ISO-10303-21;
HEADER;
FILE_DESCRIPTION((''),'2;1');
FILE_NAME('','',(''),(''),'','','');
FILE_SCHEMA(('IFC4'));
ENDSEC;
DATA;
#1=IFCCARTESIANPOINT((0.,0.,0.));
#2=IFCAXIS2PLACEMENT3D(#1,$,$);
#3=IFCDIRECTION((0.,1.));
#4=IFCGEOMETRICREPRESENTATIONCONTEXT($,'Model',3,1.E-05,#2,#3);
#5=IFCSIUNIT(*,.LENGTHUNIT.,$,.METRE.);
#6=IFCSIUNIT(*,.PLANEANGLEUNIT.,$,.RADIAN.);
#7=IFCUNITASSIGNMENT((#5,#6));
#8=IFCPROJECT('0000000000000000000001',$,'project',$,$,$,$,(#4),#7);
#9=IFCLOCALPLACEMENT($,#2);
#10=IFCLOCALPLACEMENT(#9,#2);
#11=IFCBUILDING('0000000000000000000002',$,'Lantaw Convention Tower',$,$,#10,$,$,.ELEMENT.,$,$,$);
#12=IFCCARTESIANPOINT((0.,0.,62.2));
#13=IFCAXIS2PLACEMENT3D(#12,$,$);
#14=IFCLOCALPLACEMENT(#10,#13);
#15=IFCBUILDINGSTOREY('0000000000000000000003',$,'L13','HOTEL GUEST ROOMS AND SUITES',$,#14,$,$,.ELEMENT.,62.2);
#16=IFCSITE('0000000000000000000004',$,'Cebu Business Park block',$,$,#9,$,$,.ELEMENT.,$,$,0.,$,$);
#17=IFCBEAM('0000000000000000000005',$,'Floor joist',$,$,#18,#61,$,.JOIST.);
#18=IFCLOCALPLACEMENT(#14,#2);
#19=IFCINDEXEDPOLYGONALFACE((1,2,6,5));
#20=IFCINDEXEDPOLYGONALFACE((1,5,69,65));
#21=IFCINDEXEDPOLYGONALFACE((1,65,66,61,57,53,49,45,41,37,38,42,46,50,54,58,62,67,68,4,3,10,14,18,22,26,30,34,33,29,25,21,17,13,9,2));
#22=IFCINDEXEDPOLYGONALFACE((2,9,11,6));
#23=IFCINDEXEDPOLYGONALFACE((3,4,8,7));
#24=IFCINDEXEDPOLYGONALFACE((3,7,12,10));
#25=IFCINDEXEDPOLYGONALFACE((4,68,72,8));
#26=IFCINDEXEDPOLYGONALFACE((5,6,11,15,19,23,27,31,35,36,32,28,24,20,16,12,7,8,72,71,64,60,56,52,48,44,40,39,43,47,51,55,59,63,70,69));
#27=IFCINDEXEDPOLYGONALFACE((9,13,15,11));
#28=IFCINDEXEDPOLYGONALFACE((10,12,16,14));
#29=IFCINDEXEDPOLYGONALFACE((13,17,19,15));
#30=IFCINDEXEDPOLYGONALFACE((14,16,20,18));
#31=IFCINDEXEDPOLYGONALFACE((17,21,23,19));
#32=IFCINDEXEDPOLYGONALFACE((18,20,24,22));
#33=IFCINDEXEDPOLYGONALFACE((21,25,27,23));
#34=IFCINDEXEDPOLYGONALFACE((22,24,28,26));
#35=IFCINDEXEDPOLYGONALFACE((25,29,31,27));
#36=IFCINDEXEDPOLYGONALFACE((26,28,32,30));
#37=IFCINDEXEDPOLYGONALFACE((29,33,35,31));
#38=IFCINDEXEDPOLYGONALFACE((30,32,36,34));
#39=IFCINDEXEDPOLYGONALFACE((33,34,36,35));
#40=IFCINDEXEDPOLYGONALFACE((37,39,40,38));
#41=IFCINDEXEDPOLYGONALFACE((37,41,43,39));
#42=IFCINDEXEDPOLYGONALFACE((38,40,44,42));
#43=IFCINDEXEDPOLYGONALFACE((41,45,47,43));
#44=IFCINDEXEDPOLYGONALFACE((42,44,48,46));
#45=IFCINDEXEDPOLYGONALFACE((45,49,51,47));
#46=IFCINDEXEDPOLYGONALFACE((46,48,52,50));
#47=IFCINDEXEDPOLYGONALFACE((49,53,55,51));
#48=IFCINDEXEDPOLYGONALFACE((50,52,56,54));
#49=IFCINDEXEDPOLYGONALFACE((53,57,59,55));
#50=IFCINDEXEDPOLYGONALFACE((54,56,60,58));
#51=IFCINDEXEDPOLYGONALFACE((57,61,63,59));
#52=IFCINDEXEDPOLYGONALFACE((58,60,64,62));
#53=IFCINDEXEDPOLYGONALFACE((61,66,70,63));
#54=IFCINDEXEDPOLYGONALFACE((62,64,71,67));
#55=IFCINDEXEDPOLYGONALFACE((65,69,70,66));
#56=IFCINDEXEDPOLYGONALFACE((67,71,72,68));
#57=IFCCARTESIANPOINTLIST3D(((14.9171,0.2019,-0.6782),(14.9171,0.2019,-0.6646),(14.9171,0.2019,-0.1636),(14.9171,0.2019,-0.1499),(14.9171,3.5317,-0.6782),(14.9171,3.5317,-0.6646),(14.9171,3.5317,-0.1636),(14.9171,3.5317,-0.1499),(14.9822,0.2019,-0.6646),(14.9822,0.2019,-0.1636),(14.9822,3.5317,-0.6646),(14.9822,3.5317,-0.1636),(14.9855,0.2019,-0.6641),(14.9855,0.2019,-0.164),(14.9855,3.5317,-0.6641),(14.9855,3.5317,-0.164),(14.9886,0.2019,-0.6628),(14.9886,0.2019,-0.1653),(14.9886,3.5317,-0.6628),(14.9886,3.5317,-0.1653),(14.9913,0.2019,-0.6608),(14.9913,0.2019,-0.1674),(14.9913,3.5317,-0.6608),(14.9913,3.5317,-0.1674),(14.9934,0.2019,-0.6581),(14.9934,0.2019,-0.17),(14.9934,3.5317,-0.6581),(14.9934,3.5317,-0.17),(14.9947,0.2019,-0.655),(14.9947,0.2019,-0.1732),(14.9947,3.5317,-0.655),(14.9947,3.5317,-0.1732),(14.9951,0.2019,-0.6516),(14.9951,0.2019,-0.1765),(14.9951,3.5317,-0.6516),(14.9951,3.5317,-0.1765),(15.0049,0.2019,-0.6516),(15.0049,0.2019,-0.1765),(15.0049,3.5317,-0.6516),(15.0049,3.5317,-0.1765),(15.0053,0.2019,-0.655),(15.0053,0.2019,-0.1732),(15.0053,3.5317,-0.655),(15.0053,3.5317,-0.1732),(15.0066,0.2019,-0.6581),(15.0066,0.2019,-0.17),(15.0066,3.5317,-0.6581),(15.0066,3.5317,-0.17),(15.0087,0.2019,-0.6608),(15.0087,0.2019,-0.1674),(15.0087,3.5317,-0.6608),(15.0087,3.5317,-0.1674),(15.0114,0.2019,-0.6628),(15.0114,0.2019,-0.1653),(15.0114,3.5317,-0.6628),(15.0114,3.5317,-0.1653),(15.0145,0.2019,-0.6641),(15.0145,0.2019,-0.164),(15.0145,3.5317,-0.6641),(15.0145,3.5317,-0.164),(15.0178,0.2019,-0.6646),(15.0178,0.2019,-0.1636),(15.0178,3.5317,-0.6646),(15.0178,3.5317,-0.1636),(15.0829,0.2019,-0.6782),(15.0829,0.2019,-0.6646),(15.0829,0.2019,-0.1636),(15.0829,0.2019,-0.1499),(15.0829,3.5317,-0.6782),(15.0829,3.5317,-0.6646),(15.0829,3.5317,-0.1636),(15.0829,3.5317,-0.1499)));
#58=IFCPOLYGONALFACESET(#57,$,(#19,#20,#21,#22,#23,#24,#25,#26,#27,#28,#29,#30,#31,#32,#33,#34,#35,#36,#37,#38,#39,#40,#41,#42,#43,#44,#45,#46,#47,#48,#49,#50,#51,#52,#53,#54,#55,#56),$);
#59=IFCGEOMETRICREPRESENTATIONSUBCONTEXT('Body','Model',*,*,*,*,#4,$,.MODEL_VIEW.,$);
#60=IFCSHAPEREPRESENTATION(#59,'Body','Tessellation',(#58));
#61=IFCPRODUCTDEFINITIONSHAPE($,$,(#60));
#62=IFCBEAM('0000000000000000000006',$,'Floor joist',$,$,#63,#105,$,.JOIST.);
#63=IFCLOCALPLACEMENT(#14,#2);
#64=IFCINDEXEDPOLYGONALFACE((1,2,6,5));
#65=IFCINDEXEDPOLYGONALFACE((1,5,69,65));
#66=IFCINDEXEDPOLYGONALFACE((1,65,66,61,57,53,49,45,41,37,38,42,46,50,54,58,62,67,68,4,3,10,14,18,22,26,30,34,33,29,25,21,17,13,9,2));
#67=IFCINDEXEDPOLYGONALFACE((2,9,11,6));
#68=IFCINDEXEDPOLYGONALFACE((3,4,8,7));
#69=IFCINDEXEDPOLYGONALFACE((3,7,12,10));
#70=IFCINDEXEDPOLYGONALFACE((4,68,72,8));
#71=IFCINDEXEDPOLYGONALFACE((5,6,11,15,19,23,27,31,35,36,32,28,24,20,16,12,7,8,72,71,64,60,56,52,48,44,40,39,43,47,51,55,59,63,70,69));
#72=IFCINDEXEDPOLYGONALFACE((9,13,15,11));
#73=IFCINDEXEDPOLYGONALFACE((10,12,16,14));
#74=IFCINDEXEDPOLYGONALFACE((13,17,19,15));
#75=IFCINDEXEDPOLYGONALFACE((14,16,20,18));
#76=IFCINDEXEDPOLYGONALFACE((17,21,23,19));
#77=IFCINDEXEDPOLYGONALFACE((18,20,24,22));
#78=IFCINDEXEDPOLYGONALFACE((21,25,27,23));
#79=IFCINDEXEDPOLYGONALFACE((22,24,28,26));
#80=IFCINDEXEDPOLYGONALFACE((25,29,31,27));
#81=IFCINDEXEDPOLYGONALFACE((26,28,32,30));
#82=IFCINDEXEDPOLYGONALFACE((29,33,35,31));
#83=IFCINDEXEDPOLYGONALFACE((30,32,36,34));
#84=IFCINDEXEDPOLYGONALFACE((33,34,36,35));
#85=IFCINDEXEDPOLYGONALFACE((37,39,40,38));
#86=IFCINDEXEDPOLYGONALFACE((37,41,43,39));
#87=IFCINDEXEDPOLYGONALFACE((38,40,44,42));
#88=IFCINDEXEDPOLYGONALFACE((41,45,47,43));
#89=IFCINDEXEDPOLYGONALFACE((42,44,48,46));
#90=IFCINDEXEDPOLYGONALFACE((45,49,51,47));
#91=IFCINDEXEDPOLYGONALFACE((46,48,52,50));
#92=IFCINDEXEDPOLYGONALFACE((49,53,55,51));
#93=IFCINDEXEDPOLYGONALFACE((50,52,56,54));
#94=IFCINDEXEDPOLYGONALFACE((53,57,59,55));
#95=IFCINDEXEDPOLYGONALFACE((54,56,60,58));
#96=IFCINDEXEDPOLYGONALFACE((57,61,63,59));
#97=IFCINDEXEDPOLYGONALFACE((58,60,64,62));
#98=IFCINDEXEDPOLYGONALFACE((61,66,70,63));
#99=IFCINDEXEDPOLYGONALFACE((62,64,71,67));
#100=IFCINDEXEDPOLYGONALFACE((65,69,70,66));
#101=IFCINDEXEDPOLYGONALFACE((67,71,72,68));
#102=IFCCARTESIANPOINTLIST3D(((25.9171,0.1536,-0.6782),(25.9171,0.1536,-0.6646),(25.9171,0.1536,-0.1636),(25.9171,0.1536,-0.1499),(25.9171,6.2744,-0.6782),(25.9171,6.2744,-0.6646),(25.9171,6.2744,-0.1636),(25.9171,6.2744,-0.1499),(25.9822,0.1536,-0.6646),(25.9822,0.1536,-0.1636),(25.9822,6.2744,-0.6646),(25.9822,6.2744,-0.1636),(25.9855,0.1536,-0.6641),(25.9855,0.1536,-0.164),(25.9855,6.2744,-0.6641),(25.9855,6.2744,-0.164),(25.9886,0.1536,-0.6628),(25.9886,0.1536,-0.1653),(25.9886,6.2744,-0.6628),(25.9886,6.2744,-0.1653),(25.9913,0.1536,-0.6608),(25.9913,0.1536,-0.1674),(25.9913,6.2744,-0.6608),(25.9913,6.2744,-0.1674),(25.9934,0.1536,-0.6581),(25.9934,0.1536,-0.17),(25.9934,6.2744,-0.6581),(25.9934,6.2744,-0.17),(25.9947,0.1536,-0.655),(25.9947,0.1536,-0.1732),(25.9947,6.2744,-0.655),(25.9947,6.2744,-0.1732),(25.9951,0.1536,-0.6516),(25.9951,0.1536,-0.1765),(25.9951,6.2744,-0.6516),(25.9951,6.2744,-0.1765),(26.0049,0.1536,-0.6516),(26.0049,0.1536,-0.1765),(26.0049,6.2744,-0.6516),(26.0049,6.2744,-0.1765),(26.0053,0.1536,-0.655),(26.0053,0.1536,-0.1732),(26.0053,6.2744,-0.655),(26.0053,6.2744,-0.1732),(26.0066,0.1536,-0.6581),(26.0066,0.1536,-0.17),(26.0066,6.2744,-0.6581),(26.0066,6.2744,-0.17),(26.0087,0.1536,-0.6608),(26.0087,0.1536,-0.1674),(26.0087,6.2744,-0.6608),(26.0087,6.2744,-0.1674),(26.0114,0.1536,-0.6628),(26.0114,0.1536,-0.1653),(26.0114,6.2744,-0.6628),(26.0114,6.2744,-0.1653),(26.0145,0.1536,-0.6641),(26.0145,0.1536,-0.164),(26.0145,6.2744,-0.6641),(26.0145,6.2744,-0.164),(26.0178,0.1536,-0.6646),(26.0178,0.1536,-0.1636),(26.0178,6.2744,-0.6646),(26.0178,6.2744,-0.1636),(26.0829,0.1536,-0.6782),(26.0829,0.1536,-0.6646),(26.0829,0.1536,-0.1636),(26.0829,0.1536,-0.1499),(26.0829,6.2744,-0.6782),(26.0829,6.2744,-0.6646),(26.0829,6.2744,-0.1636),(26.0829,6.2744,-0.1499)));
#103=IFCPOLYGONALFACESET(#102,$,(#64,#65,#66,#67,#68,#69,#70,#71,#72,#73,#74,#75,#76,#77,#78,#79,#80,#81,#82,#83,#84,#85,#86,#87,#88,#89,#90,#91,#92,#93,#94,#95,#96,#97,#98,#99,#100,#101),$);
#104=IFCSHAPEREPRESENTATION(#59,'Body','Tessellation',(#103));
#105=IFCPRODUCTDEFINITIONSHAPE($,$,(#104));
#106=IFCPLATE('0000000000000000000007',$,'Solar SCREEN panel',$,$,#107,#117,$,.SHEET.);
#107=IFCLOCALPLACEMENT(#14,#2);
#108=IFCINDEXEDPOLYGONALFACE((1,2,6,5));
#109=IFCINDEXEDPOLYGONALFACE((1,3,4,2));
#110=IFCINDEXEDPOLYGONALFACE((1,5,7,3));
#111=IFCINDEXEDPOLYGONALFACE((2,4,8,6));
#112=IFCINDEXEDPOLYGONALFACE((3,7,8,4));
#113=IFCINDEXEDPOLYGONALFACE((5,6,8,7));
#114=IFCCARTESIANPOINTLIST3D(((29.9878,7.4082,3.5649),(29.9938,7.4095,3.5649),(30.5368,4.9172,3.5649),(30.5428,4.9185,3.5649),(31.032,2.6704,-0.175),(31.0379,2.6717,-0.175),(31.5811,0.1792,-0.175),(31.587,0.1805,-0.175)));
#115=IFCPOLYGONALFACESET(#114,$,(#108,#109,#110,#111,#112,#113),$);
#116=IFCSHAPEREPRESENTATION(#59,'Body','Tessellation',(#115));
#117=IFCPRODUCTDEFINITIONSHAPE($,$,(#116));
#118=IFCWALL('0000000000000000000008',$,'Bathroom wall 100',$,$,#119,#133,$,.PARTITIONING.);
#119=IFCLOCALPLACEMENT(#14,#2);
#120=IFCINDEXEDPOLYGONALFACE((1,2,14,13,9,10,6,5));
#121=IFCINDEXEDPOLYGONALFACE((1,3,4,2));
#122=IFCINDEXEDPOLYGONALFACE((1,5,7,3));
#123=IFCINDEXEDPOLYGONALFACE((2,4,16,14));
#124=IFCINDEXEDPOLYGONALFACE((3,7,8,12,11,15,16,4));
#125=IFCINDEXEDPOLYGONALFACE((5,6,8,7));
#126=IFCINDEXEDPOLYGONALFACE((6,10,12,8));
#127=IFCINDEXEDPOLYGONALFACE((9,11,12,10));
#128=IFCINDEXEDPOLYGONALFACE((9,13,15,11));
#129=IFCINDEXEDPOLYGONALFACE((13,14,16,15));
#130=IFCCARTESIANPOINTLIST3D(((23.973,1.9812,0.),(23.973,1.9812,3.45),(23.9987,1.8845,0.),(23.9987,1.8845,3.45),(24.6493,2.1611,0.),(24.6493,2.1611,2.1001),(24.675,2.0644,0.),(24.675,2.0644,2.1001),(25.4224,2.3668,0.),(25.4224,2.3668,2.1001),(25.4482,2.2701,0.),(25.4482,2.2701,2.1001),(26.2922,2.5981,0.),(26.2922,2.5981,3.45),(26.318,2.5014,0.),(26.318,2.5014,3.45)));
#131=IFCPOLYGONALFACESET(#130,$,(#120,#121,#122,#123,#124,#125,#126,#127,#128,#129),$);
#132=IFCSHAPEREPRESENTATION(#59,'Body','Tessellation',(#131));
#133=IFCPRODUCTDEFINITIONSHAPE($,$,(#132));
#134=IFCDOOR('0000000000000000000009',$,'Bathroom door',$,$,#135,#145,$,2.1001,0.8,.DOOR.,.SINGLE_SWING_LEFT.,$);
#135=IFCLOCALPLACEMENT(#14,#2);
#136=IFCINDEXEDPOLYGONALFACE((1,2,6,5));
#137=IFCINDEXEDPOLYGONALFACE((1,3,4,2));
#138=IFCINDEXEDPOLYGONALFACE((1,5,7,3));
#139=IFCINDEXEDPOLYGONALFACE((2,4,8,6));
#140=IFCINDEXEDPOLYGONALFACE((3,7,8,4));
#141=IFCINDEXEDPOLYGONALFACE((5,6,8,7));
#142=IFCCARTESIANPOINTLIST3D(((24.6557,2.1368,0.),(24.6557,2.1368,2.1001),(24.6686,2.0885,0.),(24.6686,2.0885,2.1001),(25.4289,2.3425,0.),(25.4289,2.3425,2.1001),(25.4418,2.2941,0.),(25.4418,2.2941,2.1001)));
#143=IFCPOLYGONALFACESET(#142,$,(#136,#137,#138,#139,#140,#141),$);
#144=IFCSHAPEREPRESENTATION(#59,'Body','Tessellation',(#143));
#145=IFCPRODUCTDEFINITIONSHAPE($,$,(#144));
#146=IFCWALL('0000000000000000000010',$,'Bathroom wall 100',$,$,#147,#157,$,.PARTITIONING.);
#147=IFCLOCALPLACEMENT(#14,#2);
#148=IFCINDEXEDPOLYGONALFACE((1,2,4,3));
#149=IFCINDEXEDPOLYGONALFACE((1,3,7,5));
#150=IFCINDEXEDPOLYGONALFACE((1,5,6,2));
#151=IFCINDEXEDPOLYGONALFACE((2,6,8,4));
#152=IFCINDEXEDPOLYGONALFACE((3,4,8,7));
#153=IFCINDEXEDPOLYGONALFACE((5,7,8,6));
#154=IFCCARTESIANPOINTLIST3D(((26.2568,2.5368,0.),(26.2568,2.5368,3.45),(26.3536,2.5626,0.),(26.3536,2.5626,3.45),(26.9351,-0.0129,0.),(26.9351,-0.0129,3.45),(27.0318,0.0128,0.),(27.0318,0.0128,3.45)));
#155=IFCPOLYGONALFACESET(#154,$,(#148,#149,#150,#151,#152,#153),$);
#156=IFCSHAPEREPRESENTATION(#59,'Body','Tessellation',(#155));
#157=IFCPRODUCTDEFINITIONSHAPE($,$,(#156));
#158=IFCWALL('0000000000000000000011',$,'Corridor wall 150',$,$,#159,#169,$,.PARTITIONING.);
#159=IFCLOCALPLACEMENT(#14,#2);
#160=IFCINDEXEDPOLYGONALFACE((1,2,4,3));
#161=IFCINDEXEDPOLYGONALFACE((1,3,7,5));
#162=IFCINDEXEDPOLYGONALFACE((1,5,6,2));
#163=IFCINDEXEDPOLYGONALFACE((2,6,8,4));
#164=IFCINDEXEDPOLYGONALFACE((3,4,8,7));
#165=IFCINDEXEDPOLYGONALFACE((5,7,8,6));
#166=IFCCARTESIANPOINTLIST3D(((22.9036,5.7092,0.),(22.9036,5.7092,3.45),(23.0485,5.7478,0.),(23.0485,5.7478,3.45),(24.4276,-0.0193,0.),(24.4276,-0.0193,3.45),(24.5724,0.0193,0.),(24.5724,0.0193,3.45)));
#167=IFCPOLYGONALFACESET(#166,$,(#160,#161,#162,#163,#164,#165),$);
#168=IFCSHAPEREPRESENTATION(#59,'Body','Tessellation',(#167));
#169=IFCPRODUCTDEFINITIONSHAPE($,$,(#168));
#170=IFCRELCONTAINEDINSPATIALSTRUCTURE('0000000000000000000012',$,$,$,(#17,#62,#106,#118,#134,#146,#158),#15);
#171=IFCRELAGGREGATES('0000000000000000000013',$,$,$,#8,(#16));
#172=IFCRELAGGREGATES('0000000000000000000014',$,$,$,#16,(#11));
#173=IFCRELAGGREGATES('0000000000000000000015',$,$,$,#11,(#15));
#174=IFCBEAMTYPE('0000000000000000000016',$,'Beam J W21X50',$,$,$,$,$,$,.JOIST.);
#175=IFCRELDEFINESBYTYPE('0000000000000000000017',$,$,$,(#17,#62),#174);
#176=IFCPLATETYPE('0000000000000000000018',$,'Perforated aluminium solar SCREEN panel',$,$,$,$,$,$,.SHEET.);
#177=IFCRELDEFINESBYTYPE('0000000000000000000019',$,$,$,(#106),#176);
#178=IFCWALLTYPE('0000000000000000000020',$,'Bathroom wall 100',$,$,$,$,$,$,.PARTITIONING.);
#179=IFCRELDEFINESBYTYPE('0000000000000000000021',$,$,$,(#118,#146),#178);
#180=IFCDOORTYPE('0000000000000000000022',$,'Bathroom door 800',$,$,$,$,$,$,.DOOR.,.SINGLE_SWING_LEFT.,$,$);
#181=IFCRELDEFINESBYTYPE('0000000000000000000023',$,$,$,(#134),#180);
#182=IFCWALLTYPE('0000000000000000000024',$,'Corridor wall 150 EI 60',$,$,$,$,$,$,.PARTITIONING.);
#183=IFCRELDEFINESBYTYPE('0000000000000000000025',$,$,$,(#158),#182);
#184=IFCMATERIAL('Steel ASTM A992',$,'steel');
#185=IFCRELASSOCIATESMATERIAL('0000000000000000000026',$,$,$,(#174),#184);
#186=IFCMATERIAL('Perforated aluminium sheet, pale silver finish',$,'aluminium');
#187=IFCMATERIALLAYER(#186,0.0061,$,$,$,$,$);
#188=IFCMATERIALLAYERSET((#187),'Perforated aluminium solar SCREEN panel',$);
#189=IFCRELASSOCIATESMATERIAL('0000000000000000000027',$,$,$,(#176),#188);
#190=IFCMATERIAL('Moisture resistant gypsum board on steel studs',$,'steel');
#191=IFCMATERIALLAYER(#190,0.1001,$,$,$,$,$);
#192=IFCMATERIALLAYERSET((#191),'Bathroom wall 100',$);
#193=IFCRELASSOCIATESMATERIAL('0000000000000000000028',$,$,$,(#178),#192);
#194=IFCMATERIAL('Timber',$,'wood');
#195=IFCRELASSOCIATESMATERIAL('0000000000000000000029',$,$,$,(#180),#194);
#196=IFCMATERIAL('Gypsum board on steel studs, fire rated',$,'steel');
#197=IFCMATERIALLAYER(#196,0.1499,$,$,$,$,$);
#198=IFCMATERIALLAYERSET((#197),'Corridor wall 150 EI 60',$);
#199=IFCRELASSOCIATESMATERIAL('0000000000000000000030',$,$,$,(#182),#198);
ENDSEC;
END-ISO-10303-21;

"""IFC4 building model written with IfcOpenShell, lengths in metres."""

from ifc_helpers import new_model, si_unit, direction, frame, frame_2d, origin, origin_2d, place, context, subcontext, project, spatial, polyline, rectangle, i_section, outline, extrude, material, layer, layer_set, material_profile, profile_set, type_object, element, fill, save


model = new_model("IFC4")

# Units and contexts
model_context = context("Model", 3, precision=1e-05, world=origin(), true_north=direction((0.0, 1.0)))
body_context = subcontext(model_context, "Body", "Model", "MODEL_VIEW")
ifc_project = project(units=[si_unit("LENGTHUNIT", "METRE"), si_unit("PLANEANGLEUNIT", "RADIAN")], contexts=[model_context])

# Site, building, storey
site_placement = place(None, origin())
site = spatial("IfcSite", under=ifc_project, at=site_placement, Name="Cebu Business Park block", CompositionType="ELEMENT", RefElevation=0.0)
building_placement = place(site_placement, origin())
building = spatial("IfcBuilding", under=site, at=building_placement, Name="Lantaw Convention Tower", CompositionType="ELEMENT")
storey_placement = place(building_placement, frame((0.0, 0.0, 62.2)))
storey = spatial("IfcBuildingStorey", under=building, at=storey_placement, Name="L13", Description="HOTEL GUEST ROOMS AND SUITES", CompositionType="ELEMENT", Elevation=62.2)

# Beams
ifc_material_1 = material(Name="Steel ASTM A992", Category="steel")
ifc_material_profile_1 = material_profile(ifc_material_1, i_section(OverallWidth=0.1658, OverallDepth=0.5283, WebThickness=0.0098, FlangeThickness=0.0137, FilletRadius=0.0129, at=origin_2d()), Name="W21X50")
ifc_profile_set_1 = profile_set([ifc_material_profile_1], Name="Steel ASTM A992")
beam_type_1 = type_object("IfcBeamType", Name="Beam J W21X50", PredefinedType="JOIST", material=ifc_profile_set_1)
beam_1_placement = place(storey_placement, frame((15.0, 0.2019, -0.4141), z_axis=(0.0, 1.0, 0.0), x_axis=(-1.0, 0.0, 0.0)))
element("IfcBeam", 1, at=beam_1_placement, inside=storey, type_object=beam_type_1, Name="Floor joist", PredefinedType="JOIST", context=body_context, shape_type="SweptSolid", body=[
    extrude(i_section(OverallWidth=0.1658, OverallDepth=0.5283, WebThickness=0.0098, FlangeThickness=0.0137, FilletRadius=0.0129, at=origin_2d()), origin(), (0.0, 0.0, 1.0), 3.3298),
])
beam_2_placement = place(storey_placement, frame((26.0, 0.1536, -0.4141), z_axis=(0.0, 1.0, 0.0), x_axis=(-1.0, 0.0, 0.0)))
element("IfcBeam", 2, at=beam_2_placement, inside=storey, type_object=beam_type_1, Name="Floor joist", PredefinedType="JOIST", context=body_context, shape_type="SweptSolid", body=[
    extrude(i_section(OverallWidth=0.1658, OverallDepth=0.5283, WebThickness=0.0098, FlangeThickness=0.0137, FilletRadius=0.0129, at=origin_2d()), origin(), (0.0, 0.0, 1.0), 6.1208),
])

# Plate
ifc_material_2 = material(Name="Perforated aluminium sheet, pale silver finish", Category="aluminium")
ifc_layer_1 = layer(ifc_material_2, 0.0061)
ifc_layer_set_1 = layer_set([ifc_layer_1], Name="Perforated aluminium solar SCREEN panel")
plate_type = type_object("IfcPlateType", Name="Perforated aluminium solar SCREEN panel", PredefinedType="SHEET", material=ifc_layer_set_1)
plate_placement = place(storey_placement, frame((31.5811, 0.1792, -0.175), z_axis=(-0.976559, -0.215248, 0.00003), x_axis=(-0.215248, 0.976559, 0.0)))
element("IfcPlate", 3, at=plate_placement, inside=storey, type_object=plate_type, Name="Solar SCREEN panel", PredefinedType="SHEET", context=body_context, shape_type="SweptSolid", body=[
    extrude(outline(polyline([(0.0, 0.0), (2.551, 0.0), (7.4025, -3.74), (4.8517, -3.74), (0.0, 0.0)])), origin(), (0.0, 0.0, -1.0), 0.0061),
])

# Wall, opening, door
ifc_material_3 = material(Name="Moisture resistant gypsum board on steel studs", Category="steel")
ifc_layer_2 = layer(ifc_material_3, 0.1001)
ifc_layer_set_2 = layer_set([ifc_layer_2], Name="Bathroom wall 100")
wall_type_1 = type_object("IfcWallType", Name="Bathroom wall 100", PredefinedType="PARTITIONING", material=ifc_layer_set_2)
wall_1_placement = place(storey_placement, frame((23.9858, 1.9329, 0.0), z_axis=(0.0, 0.0, 1.0), x_axis=(0.966395, 0.257061, 0.0)))
wall_1 = element("IfcWall", 4, at=wall_1_placement, inside=storey, type_object=wall_type_1, Name="Bathroom wall 100", PredefinedType="PARTITIONING", context=body_context, shape_type="SweptSolid", body=[
    extrude(rectangle(XDim=2.3999, YDim=0.1001, at=frame_2d((1.2, 0.0))), origin(), (0.0, 0.0, 1.0), 3.45),
])
opening_1_placement = place(wall_1_placement, frame((0.7, 0.0, 0.0)))
opening_1 = element("IfcOpeningElement", 5, at=opening_1_placement, cuts=wall_1, PredefinedType="OPENING", context=body_context, shape_type="SweptSolid", body=[
    extrude(rectangle(XDim=0.8, YDim=2.1001, at=frame_2d((0.3999, 1.05))), frame((0.0, 0.0601, 0.0), z_axis=(0.0, -1.0, 0.0), x_axis=(1.0, 0.0, 0.0)), (0.0, 0.0, 1.0), 0.1201),
])
ifc_material_4 = material(Name="Timber", Category="wood")
door_type_1 = type_object("IfcDoorType", Name="Bathroom door 800", OperationType="SINGLE_SWING_LEFT", PredefinedType="DOOR", material=ifc_material_4)
door_1_placement = place(opening_1_placement, origin())
door_1 = element("IfcDoor", 6, at=door_1_placement, inside=storey, type_object=door_type_1, Name="Bathroom door", OperationType="SINGLE_SWING_LEFT", OverallHeight=2.1001, OverallWidth=0.8, PredefinedType="DOOR", context=body_context, shape_type="SweptSolid", body=[
    extrude(rectangle(XDim=0.8, YDim=2.1001, at=frame_2d((0.3999, 1.05))), frame((0.0, 0.0249, 0.0), z_axis=(0.0, -1.0, 0.0), x_axis=(1.0, 0.0, 0.0)), (0.0, 0.0, 1.0), 0.05),
])
fill(opening_1, door_1)

# Walls
wall_2_placement = place(storey_placement, frame((26.3052, 2.5498, 0.0), z_axis=(0.0, 0.0, 1.0), x_axis=(0.257052, -0.966398, 0.0)))
element("IfcWall", 7, at=wall_2_placement, inside=storey, type_object=wall_type_1, Name="Bathroom wall 100", PredefinedType="PARTITIONING", context=body_context, shape_type="SweptSolid", body=[
    extrude(rectangle(XDim=2.6384, YDim=0.1001, at=frame_2d((1.3193, 0.0))), origin(), (0.0, 0.0, 1.0), 3.45),
])
ifc_material_5 = material(Name="Gypsum board on steel studs, fire rated", Category="steel")
ifc_layer_3 = layer(ifc_material_5, 0.1499)
ifc_layer_set_3 = layer_set([ifc_layer_3], Name="Corridor wall 150 EI 60")
wall_type_2 = type_object("IfcWallType", Name="Corridor wall 150 EI 60", PredefinedType="PARTITIONING", material=ifc_layer_set_3)
wall_3_placement = place(storey_placement, frame((24.5, 0.0, 0.0), z_axis=(0.0, 0.0, 1.0), x_axis=(-0.257083, 0.966389, 0.0)))
element("IfcWall", 8, at=wall_3_placement, inside=storey, type_object=wall_type_2, Name="Corridor wall 150", PredefinedType="PARTITIONING", context=body_context, shape_type="SweptSolid", body=[
    extrude(rectangle(XDim=5.9277, YDim=0.1499, at=frame_2d((2.9639, 0.0))), origin(), (0.0, 0.0, 1.0), 3.45),
])

save(model, "model.ifc")
